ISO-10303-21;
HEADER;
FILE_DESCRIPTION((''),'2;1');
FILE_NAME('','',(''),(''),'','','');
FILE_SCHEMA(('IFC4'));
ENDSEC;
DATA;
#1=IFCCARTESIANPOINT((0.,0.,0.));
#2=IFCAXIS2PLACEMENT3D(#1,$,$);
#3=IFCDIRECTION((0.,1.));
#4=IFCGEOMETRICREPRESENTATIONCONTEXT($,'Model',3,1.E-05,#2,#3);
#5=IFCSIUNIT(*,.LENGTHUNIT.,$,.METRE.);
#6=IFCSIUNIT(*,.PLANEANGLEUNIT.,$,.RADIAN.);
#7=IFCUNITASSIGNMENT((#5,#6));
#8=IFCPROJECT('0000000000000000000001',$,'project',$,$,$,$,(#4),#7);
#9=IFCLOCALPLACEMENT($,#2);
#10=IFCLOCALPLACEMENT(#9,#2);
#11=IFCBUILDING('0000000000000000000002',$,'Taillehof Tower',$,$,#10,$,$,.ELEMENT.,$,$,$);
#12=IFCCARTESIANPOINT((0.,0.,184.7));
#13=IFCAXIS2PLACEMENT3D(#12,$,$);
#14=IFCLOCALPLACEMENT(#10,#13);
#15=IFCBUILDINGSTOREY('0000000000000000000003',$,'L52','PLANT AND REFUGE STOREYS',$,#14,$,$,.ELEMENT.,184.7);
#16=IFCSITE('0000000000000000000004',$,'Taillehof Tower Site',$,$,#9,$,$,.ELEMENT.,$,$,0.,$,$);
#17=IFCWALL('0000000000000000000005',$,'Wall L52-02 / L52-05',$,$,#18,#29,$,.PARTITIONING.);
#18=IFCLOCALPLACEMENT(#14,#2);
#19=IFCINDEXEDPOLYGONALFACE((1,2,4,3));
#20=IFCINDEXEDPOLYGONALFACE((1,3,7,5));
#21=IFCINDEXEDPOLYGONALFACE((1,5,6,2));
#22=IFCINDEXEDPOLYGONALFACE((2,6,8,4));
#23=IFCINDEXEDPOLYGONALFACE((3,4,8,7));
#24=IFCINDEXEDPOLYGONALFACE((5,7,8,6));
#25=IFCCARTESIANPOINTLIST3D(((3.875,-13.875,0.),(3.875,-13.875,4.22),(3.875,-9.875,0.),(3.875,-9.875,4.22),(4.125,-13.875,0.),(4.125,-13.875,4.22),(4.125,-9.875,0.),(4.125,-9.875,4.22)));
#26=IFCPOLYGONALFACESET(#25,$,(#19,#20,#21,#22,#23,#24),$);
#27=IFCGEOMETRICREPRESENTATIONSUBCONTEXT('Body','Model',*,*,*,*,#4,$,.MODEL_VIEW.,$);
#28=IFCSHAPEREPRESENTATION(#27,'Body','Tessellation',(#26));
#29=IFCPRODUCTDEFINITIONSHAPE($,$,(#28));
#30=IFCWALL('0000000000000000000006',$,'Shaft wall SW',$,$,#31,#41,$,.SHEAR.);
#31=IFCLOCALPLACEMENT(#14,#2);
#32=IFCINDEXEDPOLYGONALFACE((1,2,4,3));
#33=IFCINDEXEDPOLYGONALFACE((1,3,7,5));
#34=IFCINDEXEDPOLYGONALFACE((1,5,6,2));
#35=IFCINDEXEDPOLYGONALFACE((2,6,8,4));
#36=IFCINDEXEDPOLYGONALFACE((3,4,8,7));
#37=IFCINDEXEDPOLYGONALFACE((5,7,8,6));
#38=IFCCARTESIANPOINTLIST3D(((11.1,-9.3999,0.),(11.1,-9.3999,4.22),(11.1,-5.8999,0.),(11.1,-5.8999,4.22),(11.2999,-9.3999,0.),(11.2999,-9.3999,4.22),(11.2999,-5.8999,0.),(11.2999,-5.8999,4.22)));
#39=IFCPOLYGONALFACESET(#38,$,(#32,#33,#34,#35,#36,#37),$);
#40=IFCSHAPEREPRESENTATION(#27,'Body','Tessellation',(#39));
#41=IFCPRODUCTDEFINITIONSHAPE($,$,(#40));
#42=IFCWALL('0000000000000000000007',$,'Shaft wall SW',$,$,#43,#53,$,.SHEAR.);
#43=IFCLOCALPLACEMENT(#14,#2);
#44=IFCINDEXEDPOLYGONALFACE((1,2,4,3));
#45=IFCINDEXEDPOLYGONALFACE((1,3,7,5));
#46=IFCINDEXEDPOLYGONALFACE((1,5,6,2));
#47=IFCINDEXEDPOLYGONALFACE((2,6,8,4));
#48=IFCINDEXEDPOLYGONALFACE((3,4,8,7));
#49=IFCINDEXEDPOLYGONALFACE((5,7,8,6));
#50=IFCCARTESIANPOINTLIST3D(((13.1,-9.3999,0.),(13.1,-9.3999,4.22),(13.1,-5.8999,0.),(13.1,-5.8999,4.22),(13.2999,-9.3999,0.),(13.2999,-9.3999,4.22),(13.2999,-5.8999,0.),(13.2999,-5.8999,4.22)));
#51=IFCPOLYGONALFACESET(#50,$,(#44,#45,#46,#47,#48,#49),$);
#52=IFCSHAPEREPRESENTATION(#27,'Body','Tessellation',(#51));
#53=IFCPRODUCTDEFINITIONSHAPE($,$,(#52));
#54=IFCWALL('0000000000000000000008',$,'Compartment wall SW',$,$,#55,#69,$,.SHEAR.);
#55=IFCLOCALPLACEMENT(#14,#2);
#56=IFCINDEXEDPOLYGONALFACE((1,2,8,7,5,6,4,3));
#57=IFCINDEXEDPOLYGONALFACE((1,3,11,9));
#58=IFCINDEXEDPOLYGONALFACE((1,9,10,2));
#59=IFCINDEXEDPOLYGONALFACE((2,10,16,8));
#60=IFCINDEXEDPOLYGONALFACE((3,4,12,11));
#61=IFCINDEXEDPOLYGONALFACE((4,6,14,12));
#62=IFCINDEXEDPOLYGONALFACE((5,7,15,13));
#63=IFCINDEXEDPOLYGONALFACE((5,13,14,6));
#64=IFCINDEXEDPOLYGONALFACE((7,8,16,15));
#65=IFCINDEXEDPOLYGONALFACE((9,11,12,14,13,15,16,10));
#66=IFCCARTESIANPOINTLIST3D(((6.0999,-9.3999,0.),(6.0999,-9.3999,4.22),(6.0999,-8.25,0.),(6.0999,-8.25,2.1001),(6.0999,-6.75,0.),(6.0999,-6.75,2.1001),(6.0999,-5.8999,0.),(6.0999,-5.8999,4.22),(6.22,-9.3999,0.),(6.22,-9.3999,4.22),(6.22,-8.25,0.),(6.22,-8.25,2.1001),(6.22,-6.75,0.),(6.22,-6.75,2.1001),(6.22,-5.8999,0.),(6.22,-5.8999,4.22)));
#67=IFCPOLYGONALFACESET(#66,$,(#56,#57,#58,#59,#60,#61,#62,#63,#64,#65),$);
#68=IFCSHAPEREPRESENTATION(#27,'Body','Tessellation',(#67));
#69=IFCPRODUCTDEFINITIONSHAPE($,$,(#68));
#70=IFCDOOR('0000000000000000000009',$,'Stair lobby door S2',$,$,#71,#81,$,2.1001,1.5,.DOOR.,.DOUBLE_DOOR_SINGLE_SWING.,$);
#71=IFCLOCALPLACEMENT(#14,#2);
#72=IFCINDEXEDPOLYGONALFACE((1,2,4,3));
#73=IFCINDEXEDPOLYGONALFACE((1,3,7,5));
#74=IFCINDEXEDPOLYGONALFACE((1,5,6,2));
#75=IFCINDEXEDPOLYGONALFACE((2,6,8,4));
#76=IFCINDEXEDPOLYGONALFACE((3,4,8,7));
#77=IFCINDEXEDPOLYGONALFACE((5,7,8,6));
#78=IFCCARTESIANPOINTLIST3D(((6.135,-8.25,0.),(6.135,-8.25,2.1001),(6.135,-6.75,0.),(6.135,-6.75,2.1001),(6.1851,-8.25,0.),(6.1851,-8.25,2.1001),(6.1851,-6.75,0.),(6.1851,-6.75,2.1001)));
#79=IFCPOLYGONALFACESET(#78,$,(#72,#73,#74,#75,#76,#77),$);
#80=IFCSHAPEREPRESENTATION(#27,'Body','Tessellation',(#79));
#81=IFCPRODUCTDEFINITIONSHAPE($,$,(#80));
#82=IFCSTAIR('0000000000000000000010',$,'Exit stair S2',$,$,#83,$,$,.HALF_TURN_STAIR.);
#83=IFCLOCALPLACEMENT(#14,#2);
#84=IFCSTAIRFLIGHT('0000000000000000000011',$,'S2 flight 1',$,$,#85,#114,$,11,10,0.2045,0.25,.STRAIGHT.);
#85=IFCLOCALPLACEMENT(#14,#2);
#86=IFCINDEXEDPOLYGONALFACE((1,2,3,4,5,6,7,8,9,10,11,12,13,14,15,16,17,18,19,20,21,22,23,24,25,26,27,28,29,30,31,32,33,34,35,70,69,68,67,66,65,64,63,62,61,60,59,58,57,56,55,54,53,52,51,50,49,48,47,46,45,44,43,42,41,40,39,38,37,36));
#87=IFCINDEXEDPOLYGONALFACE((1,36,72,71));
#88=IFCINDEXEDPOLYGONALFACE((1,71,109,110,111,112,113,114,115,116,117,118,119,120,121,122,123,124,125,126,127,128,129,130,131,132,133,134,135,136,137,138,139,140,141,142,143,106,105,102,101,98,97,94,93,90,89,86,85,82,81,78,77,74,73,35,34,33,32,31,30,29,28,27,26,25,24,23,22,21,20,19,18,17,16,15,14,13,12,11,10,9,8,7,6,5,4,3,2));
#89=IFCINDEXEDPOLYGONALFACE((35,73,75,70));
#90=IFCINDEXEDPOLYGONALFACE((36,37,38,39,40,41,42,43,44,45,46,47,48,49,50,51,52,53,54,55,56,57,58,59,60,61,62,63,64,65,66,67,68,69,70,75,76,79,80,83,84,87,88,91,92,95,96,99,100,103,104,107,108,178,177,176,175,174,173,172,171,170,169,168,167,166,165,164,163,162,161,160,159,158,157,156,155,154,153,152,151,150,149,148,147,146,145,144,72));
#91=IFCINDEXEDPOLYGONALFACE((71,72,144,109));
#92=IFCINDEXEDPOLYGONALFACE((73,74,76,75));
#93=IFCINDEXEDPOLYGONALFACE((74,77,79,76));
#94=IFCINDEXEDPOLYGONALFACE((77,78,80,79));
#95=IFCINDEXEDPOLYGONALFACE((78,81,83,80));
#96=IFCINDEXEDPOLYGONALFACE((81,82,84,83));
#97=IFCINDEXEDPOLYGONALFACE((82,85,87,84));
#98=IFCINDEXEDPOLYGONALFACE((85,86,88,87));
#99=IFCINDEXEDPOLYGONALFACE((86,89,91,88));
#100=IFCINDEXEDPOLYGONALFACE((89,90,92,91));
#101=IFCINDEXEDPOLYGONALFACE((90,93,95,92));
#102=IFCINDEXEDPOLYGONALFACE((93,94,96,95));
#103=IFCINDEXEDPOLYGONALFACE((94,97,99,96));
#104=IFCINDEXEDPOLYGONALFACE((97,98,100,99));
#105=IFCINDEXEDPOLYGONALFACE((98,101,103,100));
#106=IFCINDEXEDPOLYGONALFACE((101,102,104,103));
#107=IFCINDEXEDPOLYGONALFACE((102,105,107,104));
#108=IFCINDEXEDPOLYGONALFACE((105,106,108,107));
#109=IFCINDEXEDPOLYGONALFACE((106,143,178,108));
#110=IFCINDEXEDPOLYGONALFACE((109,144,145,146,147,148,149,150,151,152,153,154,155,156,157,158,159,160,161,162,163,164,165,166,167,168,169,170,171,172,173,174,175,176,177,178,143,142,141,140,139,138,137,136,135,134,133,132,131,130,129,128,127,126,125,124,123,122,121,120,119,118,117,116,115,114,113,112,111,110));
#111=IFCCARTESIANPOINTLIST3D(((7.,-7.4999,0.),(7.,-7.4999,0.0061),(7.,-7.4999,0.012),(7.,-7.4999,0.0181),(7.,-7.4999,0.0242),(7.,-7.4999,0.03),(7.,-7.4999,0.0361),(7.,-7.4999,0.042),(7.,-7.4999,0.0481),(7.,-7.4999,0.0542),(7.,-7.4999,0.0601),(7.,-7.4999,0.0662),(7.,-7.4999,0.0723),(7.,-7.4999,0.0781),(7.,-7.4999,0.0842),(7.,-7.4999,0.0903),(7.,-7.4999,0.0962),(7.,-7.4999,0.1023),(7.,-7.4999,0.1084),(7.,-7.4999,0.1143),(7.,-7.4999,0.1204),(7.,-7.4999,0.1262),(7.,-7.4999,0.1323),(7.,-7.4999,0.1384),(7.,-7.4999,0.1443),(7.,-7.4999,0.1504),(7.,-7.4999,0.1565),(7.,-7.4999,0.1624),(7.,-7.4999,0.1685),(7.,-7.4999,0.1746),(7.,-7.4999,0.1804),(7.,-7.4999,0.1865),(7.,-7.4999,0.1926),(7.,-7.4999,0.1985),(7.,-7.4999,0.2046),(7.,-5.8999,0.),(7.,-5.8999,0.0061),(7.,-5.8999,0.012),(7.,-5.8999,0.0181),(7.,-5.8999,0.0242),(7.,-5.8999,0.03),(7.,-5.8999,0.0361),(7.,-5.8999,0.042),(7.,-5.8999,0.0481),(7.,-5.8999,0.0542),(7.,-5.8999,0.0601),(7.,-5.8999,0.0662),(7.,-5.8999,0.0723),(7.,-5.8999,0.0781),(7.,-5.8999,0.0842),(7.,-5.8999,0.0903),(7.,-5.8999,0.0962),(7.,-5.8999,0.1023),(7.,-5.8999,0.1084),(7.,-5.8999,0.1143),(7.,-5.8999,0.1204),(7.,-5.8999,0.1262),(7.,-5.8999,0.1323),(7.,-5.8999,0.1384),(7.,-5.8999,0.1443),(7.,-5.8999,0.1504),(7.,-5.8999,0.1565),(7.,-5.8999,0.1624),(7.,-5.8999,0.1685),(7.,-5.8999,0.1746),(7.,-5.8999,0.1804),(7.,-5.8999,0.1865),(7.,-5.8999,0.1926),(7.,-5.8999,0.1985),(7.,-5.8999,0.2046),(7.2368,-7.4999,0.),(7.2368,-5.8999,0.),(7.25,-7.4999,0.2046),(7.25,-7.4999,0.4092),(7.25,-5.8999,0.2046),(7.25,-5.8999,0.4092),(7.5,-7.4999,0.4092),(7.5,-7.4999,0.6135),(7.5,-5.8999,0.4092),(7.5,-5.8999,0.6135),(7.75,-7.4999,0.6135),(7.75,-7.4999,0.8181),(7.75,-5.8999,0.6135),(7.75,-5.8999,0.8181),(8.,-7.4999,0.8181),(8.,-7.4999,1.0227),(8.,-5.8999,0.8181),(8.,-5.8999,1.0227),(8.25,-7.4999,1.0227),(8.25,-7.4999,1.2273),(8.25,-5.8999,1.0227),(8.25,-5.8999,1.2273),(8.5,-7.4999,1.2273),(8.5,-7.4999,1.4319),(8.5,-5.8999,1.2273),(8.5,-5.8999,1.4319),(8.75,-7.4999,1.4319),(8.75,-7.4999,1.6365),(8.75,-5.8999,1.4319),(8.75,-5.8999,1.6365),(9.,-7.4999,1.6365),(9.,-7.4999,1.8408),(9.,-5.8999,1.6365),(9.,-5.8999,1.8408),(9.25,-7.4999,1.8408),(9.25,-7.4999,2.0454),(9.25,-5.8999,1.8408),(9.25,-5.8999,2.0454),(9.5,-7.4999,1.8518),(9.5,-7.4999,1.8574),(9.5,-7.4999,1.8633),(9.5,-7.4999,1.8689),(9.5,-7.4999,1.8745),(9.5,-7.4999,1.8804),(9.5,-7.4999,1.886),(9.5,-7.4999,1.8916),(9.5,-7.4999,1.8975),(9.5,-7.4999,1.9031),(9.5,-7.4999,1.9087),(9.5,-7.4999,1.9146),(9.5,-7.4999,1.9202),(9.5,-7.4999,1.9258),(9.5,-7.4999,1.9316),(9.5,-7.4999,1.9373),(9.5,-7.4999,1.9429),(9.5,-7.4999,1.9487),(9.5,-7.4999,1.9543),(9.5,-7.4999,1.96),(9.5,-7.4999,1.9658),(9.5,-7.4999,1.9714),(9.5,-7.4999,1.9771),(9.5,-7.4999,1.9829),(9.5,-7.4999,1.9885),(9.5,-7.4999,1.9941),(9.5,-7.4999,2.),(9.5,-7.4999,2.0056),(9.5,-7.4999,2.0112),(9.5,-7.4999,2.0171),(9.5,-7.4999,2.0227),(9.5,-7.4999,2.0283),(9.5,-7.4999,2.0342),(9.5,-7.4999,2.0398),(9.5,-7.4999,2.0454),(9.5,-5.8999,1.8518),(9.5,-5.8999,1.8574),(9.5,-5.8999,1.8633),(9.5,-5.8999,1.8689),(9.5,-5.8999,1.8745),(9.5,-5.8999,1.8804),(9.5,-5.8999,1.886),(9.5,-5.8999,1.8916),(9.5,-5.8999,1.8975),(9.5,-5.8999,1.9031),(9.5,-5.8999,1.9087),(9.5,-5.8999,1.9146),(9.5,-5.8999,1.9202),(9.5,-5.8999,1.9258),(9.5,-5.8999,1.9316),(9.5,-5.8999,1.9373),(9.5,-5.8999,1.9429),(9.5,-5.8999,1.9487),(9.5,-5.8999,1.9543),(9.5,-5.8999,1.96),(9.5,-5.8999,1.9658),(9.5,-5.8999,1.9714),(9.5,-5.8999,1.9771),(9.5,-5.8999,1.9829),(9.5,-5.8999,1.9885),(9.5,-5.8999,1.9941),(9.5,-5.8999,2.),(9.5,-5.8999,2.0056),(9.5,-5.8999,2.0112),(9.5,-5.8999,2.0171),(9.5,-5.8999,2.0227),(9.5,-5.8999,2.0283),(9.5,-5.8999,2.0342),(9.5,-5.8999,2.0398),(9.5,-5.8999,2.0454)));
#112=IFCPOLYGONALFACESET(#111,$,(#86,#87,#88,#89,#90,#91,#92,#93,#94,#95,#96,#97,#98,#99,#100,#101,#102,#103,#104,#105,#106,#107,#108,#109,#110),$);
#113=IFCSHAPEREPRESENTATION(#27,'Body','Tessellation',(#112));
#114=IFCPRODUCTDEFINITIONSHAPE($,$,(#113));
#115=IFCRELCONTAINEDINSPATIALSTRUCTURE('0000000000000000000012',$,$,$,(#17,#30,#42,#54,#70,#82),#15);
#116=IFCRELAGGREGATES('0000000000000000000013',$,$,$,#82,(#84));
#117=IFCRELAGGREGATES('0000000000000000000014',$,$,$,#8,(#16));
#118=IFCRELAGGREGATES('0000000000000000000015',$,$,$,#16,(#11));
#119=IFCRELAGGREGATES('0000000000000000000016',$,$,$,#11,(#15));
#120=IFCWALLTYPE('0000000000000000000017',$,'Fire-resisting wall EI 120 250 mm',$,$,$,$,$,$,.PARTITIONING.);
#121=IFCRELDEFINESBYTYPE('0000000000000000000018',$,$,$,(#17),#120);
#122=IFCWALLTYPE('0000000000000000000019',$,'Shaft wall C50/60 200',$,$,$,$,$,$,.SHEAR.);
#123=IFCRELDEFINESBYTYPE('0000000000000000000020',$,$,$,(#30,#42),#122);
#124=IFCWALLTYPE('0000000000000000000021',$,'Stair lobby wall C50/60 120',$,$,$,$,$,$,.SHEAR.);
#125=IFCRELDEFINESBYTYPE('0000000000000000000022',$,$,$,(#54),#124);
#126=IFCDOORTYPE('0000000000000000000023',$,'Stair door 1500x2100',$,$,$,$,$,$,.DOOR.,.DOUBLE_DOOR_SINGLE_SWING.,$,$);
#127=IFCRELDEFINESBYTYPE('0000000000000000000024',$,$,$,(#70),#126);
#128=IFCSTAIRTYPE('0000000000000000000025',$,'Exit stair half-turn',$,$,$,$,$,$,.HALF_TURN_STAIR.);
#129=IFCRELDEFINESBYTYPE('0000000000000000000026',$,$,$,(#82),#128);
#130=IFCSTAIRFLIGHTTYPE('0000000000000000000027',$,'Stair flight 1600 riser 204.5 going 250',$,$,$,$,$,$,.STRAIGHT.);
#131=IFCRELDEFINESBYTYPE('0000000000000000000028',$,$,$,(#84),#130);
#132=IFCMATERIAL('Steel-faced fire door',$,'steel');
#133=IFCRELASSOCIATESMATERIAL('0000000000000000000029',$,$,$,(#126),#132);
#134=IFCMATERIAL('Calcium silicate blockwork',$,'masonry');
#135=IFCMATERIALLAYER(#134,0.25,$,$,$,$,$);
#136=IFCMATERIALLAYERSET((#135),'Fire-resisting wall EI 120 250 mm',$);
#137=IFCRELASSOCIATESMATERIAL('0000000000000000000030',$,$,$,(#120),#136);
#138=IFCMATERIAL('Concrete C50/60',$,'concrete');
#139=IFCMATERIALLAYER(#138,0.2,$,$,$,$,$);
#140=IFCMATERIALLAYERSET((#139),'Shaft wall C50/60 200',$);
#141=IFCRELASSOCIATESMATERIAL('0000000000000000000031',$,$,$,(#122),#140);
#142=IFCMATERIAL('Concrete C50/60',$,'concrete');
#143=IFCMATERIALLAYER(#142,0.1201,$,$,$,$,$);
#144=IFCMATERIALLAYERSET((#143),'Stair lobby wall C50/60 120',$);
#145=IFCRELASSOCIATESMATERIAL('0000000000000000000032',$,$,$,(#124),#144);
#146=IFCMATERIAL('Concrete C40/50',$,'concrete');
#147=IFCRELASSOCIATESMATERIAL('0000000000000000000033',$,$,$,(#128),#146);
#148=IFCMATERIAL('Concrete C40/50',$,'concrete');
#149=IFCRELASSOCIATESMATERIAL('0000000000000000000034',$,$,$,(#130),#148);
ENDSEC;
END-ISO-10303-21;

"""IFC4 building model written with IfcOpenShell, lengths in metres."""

from ifc_helpers import new_model, si_unit, direction, frame, frame_2d, origin, place, context, subcontext, project, spatial, polyline, rectangle, outline, extrude, material, layer, layer_set, type_object, element, fill, aggregate, save


model = new_model("IFC4")

# Units and contexts
model_context = context("Model", 3, precision=1e-05, world=origin(), true_north=direction((0.0, 1.0)))
body_context = subcontext(model_context, "Body", "Model", "MODEL_VIEW")
ifc_project = project(units=[si_unit("LENGTHUNIT", "METRE"), si_unit("PLANEANGLEUNIT", "RADIAN")], contexts=[model_context])

# Site, building, storey
site_placement = place(None, origin())
site = spatial("IfcSite", under=ifc_project, at=site_placement, Name="Taillehof Tower Site", CompositionType="ELEMENT", RefElevation=0.0)
building_placement = place(site_placement, origin())
building = spatial("IfcBuilding", under=site, at=building_placement, Name="Taillehof Tower", CompositionType="ELEMENT")
storey_placement = place(building_placement, frame((0.0, 0.0, 184.7)))
storey = spatial("IfcBuildingStorey", under=building, at=storey_placement, Name="L52", Description="PLANT AND REFUGE STOREYS", CompositionType="ELEMENT", Elevation=184.7)

# Shared definitions
ifc_material_1 = material(Name="Steel-faced fire door", Category="steel")
door_type_1 = type_object("IfcDoorType", Name="Stair door 1500x2100", OperationType="DOUBLE_DOOR_SINGLE_SWING", PredefinedType="DOOR", material=ifc_material_1)

# Walls
ifc_material_2 = material(Name="Calcium silicate blockwork", Category="masonry")
ifc_layer_1 = layer(ifc_material_2, 0.25)
ifc_layer_set_1 = layer_set([ifc_layer_1], Name="Fire-resisting wall EI 120 250 mm")
wall_type_1 = type_object("IfcWallType", Name="Fire-resisting wall EI 120 250 mm", PredefinedType="PARTITIONING", material=ifc_layer_set_1)
wall_1_placement = place(storey_placement, frame((4.0, -13.875, 0.0), z_axis=(0.0, 0.0, 1.0), x_axis=(0.0, 1.0, 0.0)))
element("IfcWall", 1, at=wall_1_placement, inside=storey, type_object=wall_type_1, Name="Wall L52-02 / L52-05", PredefinedType="PARTITIONING", context=body_context, shape_type="SweptSolid", body=[
    extrude(rectangle(XDim=4.0, YDim=0.25, at=frame_2d((2.0, 0.0))), origin(), (0.0, 0.0, 1.0), 4.22),
])
ifc_material_3 = material(Name="Concrete C50/60", Category="concrete")
ifc_layer_2 = layer(ifc_material_3, 0.2)
ifc_layer_set_2 = layer_set([ifc_layer_2], Name="Shaft wall C50/60 200")
wall_type_2 = type_object("IfcWallType", Name="Shaft wall C50/60 200", PredefinedType="SHEAR", material=ifc_layer_set_2)
for number, where, z_axis, x_axis, name in (
    (2, (11.2, -9.3999, 0.0), (0.0, 0.0, 1.0), (0.0, 1.0, 0.0), "Shaft wall SW"),
    (3, (13.2, -9.3999, 0.0), (0.0, 0.0, 1.0), (0.0, 1.0, 0.0), "Shaft wall SW"),
):
    element("IfcWall", number, at=place(storey_placement, frame(where, z_axis=z_axis, x_axis=x_axis)), inside=storey, type_object=wall_type_2, Name=name, PredefinedType="SHEAR", context=body_context, shape_type="SweptSolid", body=[
        extrude(rectangle(XDim=3.5, YDim=0.2, at=frame_2d((1.75, 0.0))), origin(), (0.0, 0.0, 1.0), 4.22),
    ])

# Wall, opening, door
ifc_material_4 = material(Name="Concrete C50/60", Category="concrete")
ifc_layer_3 = layer(ifc_material_4, 0.1201)
ifc_layer_set_3 = layer_set([ifc_layer_3], Name="Stair lobby wall C50/60 120")
wall_type_3 = type_object("IfcWallType", Name="Stair lobby wall C50/60 120", PredefinedType="SHEAR", material=ifc_layer_set_3)
wall_2_placement = place(storey_placement, frame((6.1599, -9.3999, 0.0), z_axis=(0.0, 0.0, 1.0), x_axis=(0.0, 1.0, 0.0)))
wall_2 = element("IfcWall", 4, at=wall_2_placement, inside=storey, type_object=wall_type_3, Name="Compartment wall SW", PredefinedType="SHEAR", context=body_context, shape_type="SweptSolid", body=[
    extrude(rectangle(XDim=3.5, YDim=0.1201, at=frame_2d((1.75, 0.0))), origin(), (0.0, 0.0, 1.0), 4.22),
])
opening_1_placement = place(wall_2_placement, frame((1.1499, 0.0, 0.0)))
opening_1 = element("IfcOpeningElement", 5, at=opening_1_placement, cuts=wall_2, PredefinedType="OPENING", context=body_context, shape_type="SweptSolid", body=[
    extrude(rectangle(XDim=1.5, YDim=2.1001, at=frame_2d((0.75, 1.05))), frame((0.0, 0.0701, 0.0), z_axis=(0.0, -1.0, 0.0), x_axis=(1.0, 0.0, 0.0)), (0.0, 0.0, 1.0), 0.1401),
])
door_1_placement = place(opening_1_placement, origin())
door_1 = element("IfcDoor", 6, at=door_1_placement, inside=storey, type_object=door_type_1, Name="Stair lobby door S2", OperationType="DOUBLE_DOOR_SINGLE_SWING", OverallHeight=2.1001, OverallWidth=1.5, PredefinedType="DOOR", context=body_context, shape_type="SweptSolid", body=[
    extrude(rectangle(XDim=1.5, YDim=2.1001, at=frame_2d((0.75, 1.05))), frame((0.0, 0.0249, 0.0), z_axis=(0.0, -1.0, 0.0), x_axis=(1.0, 0.0, 0.0)), (0.0, 0.0, 1.0), 0.05),
])
fill(opening_1, door_1)

# Stair, stair flight
ifc_material_5 = material(Name="Concrete C40/50", Category="concrete")
stair_type = type_object("IfcStairType", Name="Exit stair half-turn", PredefinedType="HALF_TURN_STAIR", material=ifc_material_5)
stair_placement = place(storey_placement, origin())
stair = element("IfcStair", 7, at=stair_placement, inside=storey, type_object=stair_type, Name="Exit stair S2", PredefinedType="HALF_TURN_STAIR")
ifc_material_6 = material(Name="Concrete C40/50", Category="concrete")
stair_flight_type = type_object("IfcStairFlightType", Name="Stair flight 1600 riser 204.5 going 250", PredefinedType="STRAIGHT", material=ifc_material_6)
stair_flight_1_placement = place(storey_placement, frame((7.0, -6.7, 0.0), z_axis=(0.0, 0.0, 1.0), x_axis=(1.0, 0.0, 0.0)))
stair_flight_1 = element("IfcStairFlight", 8, at=stair_flight_1_placement, type_object=stair_flight_type, Name="S2 flight 1", NumberOfRisers=11, NumberOfTreads=10, PredefinedType="STRAIGHT", RiserHeight=0.2045, TreadLength=0.25, context=body_context, shape_type="SweptSolid", body=[
    extrude(outline(polyline([(0.0, 0.0), (0.0, 0.0061), (0.0, 0.012), (0.0, 0.0181), (0.0, 0.0242), (0.0, 0.03), (0.0, 0.0361), (0.0, 0.042), (0.0, 0.0481), (0.0, 0.0542), (0.0, 0.0601), (0.0, 0.0662), (0.0, 0.0723), (0.0, 0.0781), (0.0, 0.0842), (0.0, 0.0903), (0.0, 0.0962), (0.0, 0.1023), (0.0, 0.1084), (0.0, 0.1143), (0.0, 0.1204), (0.0, 0.1262), (0.0, 0.1323), (0.0, 0.1384), (0.0, 0.1443), (0.0, 0.1504), (0.0, 0.1565), (0.0, 0.1624), (0.0, 0.1685), (0.0, 0.1746), (0.0, 0.1804), (0.0, 0.1865), (0.0, 0.1926), (0.0, 0.1985), (0.0, 0.2046), (0.25, 0.2046), (0.25, 0.4092), (0.5, 0.4092), (0.5, 0.6135), (0.75, 0.6135), (0.75, 0.8181), (1.0, 0.8181), (1.0, 1.0227), (1.25, 1.0227), (1.25, 1.2273), (1.5, 1.2273), (1.5, 1.4319), (1.75, 1.4319), (1.75, 1.6365), (2.0, 1.6365), (2.0, 1.8408), (2.25, 1.8408), (2.25, 2.0454), (2.5, 2.0454), (2.5, 2.0398), (2.5, 2.0342), (2.5, 2.0283), (2.5, 2.0227), (2.5, 2.0171), (2.5, 2.0112), (2.5, 2.0056), (2.5, 2.0), (2.5, 1.9941), (2.5, 1.9885), (2.5, 1.9829), (2.5, 1.9771), (2.5, 1.9714), (2.5, 1.9658), (2.5, 1.96), (2.5, 1.9543), (2.5, 1.9487), (2.5, 1.9429), (2.5, 1.9373), (2.5, 1.9316), (2.5, 1.9258), (2.5, 1.9202), (2.5, 1.9146), (2.5, 1.9087), (2.5, 1.9031), (2.5, 1.8975), (2.5, 1.8916), (2.5, 1.886), (2.5, 1.8804), (2.5, 1.8745), (2.5, 1.8689), (2.5, 1.8633), (2.5, 1.8574), (2.5, 1.8518), (0.2368, 0.0), (0.0, 0.0)])), frame((0.0, 0.8, 0.0), z_axis=(0.0, -1.0, 0.0), x_axis=(1.0, 0.0, 0.0)), (0.0, 0.0, 1.0), 1.6),
])
aggregate(stair, [stair_flight_1])

save(model, "model.ifc")
